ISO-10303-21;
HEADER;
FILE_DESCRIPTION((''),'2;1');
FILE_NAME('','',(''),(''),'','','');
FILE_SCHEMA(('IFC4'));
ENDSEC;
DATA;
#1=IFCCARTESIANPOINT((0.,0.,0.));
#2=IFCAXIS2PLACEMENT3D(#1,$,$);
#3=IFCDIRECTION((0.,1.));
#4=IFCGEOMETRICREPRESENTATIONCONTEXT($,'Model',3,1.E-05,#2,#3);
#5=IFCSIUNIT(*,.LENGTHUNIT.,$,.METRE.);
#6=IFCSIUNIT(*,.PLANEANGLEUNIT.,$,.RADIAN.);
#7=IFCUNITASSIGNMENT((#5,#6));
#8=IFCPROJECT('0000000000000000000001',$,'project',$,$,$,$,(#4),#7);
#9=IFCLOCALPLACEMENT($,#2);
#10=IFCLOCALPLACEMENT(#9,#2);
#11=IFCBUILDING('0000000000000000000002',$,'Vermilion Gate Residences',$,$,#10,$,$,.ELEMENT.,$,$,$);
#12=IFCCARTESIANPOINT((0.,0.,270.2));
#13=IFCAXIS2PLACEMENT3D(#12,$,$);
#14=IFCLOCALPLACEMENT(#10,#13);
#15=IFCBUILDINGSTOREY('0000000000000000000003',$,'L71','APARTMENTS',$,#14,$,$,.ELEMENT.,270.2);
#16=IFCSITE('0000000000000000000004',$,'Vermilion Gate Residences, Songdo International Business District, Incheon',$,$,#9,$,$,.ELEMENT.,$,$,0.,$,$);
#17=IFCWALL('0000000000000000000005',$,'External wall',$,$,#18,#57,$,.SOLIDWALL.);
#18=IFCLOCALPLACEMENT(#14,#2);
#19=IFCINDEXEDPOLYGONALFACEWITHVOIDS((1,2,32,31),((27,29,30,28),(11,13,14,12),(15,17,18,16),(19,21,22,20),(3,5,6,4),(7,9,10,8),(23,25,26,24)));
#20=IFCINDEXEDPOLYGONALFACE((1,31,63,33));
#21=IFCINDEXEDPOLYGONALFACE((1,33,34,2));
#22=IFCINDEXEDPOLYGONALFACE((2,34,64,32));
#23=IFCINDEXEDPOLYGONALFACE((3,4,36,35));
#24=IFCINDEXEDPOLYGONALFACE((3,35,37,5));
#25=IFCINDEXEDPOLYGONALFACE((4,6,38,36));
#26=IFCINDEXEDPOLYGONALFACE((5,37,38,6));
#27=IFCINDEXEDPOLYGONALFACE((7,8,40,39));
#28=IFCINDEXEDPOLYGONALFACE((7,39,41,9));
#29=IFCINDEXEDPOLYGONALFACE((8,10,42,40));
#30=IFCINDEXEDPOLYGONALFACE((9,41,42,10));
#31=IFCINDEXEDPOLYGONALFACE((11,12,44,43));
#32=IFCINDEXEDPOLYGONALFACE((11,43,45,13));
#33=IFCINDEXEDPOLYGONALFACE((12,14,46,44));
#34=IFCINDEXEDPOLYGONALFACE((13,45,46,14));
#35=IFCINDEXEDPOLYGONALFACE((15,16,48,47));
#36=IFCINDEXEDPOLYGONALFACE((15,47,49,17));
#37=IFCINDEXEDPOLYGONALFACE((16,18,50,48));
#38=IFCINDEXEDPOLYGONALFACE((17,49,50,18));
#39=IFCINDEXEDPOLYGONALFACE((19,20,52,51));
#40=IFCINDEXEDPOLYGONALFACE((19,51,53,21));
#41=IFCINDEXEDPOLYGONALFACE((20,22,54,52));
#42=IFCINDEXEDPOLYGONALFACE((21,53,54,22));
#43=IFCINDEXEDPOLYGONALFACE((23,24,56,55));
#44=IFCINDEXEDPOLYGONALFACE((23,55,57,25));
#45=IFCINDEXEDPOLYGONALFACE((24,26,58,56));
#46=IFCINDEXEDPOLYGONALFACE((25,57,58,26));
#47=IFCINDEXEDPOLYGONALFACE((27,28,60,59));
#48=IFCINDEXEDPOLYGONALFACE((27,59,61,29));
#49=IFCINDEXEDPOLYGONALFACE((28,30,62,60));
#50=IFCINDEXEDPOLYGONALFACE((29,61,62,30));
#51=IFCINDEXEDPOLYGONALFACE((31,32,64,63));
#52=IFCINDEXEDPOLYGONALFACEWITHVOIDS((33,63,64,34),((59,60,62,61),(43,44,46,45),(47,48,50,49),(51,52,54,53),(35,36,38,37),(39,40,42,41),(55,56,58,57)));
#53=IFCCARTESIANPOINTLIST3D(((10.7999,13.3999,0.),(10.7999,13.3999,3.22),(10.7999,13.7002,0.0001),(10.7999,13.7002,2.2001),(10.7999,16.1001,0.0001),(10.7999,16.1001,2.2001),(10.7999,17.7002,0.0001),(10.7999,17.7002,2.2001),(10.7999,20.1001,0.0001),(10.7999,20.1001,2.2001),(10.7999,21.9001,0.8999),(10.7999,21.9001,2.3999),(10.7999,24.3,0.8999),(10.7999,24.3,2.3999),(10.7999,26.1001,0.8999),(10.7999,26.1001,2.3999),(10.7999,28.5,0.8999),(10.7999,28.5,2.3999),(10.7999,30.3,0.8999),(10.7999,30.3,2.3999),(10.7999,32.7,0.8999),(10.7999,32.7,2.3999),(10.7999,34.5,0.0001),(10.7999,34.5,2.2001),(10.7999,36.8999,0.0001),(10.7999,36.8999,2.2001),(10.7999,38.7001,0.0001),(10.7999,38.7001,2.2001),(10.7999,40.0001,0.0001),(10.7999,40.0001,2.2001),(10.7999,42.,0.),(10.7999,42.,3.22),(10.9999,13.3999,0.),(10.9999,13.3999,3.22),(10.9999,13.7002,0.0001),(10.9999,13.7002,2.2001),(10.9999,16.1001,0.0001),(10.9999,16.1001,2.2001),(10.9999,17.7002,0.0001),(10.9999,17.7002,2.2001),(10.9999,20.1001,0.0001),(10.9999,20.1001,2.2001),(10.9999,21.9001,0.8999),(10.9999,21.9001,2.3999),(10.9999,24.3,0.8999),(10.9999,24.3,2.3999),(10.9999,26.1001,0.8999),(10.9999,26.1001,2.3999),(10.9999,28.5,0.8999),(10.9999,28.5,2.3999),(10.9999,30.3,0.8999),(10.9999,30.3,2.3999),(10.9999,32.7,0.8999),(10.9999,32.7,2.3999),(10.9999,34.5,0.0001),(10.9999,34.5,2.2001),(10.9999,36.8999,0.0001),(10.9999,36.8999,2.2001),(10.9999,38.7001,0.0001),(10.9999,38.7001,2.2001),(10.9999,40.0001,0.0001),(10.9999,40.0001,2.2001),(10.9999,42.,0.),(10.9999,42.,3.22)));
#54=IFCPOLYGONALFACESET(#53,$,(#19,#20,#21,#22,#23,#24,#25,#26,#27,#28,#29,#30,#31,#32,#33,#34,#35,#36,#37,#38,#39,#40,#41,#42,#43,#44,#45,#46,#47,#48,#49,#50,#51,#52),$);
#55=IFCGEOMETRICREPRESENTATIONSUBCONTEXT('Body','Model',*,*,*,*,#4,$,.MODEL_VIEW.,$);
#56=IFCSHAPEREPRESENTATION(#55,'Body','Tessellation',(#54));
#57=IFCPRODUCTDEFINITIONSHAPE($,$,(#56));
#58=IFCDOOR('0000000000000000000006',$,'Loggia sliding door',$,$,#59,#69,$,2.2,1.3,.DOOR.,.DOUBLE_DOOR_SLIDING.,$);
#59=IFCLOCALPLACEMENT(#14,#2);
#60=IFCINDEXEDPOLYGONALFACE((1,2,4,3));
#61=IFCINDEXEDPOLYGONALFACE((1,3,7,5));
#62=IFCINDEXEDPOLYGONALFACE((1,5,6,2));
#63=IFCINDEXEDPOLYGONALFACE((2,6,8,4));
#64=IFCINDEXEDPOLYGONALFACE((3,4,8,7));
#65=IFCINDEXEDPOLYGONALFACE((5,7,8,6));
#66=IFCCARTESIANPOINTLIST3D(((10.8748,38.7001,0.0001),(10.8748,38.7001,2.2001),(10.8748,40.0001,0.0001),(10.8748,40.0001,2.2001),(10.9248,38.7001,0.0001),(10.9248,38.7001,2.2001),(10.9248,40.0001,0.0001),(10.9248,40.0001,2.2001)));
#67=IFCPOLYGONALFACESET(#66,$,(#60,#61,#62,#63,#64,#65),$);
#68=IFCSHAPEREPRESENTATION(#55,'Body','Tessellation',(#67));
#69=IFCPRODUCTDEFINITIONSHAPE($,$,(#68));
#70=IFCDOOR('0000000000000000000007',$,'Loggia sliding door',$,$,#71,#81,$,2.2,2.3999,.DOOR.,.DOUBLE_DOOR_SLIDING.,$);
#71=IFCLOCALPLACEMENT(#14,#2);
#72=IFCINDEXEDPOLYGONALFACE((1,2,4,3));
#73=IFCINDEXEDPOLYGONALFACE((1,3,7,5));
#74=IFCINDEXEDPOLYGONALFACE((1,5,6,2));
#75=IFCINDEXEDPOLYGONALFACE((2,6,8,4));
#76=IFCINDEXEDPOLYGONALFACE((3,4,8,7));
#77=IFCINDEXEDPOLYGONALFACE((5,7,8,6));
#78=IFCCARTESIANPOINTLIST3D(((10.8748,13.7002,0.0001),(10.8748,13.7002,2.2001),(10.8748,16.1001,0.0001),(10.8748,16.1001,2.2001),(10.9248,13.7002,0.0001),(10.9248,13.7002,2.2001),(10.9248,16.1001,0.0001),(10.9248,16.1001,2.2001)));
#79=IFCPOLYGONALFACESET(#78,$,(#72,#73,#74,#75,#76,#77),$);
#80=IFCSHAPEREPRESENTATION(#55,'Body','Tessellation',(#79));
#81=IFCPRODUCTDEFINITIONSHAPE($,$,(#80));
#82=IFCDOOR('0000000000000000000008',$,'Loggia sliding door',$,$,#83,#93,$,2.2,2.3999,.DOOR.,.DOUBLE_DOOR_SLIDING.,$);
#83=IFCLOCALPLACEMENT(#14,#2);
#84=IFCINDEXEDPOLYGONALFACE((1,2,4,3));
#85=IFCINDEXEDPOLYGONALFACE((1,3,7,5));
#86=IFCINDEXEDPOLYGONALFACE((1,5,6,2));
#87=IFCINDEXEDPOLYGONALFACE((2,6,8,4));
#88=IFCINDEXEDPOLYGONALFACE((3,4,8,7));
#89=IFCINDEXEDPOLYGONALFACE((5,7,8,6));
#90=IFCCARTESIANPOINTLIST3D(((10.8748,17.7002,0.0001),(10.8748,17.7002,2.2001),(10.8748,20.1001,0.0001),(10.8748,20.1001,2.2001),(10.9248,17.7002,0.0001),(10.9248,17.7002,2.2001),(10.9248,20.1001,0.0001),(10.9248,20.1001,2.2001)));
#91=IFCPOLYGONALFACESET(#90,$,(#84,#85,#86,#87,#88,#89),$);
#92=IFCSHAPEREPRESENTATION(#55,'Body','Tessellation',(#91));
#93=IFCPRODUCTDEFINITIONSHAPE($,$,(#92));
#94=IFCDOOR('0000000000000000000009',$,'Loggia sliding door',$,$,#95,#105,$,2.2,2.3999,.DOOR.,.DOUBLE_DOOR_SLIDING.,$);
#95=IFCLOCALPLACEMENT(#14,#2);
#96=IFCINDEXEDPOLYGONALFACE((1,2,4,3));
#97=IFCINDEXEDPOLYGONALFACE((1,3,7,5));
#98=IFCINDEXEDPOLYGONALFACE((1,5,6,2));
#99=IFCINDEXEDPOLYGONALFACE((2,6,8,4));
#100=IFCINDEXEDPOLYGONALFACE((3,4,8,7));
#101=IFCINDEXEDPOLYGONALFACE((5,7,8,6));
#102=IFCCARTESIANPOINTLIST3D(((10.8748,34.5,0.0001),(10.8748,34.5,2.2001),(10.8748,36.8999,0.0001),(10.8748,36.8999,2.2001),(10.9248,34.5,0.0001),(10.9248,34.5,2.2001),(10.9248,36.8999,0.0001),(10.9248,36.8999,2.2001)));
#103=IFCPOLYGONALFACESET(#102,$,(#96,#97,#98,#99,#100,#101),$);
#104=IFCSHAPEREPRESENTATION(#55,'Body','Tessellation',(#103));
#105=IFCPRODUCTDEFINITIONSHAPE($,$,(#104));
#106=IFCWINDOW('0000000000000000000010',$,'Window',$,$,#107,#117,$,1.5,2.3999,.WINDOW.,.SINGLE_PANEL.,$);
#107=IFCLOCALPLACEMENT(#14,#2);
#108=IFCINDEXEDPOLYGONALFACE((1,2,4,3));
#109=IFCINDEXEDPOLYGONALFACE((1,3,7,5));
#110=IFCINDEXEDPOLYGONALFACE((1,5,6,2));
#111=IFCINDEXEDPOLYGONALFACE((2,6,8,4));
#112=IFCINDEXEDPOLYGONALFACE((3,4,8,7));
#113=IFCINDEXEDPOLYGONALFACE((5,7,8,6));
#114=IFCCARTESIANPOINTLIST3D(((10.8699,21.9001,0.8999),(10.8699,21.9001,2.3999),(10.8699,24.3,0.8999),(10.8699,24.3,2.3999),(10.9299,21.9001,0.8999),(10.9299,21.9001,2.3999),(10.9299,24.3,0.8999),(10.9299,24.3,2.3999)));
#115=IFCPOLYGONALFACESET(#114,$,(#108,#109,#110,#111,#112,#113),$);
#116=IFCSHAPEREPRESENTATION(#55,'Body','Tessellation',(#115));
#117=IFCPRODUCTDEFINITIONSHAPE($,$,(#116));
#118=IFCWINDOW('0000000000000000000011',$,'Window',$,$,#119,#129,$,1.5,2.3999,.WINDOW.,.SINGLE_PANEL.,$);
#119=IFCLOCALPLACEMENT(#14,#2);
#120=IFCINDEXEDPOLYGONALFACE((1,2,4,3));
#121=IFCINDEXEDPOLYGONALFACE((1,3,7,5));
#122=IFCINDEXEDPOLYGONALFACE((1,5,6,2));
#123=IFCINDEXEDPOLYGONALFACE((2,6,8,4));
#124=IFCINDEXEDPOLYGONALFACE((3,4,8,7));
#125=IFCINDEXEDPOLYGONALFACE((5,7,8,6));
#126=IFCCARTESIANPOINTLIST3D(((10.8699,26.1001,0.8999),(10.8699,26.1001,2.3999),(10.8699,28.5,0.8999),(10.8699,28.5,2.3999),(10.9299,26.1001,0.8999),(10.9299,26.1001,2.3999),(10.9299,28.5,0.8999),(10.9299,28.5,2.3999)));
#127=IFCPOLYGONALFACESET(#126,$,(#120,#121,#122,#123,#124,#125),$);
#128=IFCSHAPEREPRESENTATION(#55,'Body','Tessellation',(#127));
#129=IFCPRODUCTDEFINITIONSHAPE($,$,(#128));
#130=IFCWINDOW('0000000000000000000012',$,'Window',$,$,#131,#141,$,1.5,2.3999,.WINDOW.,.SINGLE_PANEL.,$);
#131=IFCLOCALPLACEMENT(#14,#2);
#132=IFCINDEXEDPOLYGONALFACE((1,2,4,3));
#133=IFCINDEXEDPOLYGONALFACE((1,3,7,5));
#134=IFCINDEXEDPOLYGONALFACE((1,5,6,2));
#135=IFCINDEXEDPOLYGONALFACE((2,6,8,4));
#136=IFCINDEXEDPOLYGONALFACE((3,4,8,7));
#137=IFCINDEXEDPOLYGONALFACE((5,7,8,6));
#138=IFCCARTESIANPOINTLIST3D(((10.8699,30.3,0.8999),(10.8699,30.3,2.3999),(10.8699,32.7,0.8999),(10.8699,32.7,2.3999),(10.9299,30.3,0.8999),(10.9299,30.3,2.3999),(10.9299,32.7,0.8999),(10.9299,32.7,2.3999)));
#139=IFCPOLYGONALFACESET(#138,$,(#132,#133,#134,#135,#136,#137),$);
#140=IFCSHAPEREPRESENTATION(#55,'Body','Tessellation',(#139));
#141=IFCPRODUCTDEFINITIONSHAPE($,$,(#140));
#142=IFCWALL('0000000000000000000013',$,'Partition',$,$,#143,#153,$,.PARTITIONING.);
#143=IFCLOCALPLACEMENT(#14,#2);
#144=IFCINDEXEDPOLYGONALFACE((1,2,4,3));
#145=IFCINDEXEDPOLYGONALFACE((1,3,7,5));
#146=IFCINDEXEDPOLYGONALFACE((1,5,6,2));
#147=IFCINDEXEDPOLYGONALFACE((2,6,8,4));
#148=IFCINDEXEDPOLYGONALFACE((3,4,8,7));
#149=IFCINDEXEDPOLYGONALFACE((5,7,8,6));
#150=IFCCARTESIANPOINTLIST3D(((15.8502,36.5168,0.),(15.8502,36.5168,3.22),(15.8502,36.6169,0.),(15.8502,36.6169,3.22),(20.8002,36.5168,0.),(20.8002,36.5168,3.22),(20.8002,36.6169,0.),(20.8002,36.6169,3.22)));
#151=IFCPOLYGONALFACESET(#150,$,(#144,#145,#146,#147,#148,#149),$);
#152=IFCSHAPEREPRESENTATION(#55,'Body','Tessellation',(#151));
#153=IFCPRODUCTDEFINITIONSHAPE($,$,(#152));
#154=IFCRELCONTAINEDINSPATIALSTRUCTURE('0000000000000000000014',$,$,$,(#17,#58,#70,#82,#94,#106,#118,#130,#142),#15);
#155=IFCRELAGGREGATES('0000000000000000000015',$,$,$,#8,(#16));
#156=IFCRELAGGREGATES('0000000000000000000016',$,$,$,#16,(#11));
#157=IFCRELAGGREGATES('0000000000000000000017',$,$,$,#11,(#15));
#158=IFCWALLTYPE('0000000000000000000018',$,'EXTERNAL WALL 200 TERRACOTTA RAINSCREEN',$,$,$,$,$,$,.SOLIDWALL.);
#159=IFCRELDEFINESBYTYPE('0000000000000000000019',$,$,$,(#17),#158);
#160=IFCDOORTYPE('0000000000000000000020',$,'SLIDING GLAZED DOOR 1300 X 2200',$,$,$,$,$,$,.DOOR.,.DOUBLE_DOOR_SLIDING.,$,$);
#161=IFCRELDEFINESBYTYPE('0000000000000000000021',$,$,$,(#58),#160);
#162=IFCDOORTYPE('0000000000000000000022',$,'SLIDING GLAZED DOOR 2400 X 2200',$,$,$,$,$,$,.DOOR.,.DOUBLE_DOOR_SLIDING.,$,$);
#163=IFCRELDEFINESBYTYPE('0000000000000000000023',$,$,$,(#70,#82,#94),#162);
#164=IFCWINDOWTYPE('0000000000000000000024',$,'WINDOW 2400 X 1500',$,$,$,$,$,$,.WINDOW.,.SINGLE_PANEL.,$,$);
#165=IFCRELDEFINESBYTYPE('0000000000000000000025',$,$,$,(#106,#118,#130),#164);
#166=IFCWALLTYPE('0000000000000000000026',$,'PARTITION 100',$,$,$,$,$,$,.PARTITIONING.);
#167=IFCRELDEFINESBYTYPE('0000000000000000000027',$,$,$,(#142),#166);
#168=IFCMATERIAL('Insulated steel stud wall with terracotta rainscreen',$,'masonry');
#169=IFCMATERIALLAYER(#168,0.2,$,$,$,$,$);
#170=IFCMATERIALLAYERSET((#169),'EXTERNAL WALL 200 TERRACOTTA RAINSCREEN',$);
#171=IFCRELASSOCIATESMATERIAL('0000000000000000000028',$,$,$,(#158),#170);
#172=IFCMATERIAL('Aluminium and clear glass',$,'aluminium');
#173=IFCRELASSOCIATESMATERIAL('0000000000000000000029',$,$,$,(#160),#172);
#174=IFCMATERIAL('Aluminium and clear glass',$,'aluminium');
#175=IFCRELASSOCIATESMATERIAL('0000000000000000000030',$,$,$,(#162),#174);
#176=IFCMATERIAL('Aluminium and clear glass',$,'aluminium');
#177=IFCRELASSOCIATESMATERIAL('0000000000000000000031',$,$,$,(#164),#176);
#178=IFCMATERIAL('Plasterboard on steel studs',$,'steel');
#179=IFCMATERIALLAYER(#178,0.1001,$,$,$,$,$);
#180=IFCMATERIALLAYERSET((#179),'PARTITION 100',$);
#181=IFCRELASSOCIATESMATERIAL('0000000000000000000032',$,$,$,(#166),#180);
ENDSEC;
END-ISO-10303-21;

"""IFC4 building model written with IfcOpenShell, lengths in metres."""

from ifc_helpers import new_model, si_unit, direction, frame, frame_2d, origin, place, context, subcontext, project, spatial, rectangle, extrude, material, layer, layer_set, type_object, element, fill, save


model = new_model("IFC4")

# Units and contexts
model_context = context("Model", 3, precision=1e-05, world=origin(), true_north=direction((0.0, 1.0)))
body_context = subcontext(model_context, "Body", "Model", "MODEL_VIEW")
ifc_project = project(units=[si_unit("LENGTHUNIT", "METRE"), si_unit("PLANEANGLEUNIT", "RADIAN")], contexts=[model_context])

# Site, building, storey
site_placement = place(None, origin())
site = spatial("IfcSite", under=ifc_project, at=site_placement, Name="Vermilion Gate Residences, Songdo International Business District, Incheon", CompositionType="ELEMENT", RefElevation=0.0)
building_placement = place(site_placement, origin())
building = spatial("IfcBuilding", under=site, at=building_placement, Name="Vermilion Gate Residences", CompositionType="ELEMENT")
storey_placement = place(building_placement, frame((0.0, 0.0, 270.2)))
storey = spatial("IfcBuildingStorey", under=building, at=storey_placement, Name="L71", Description="APARTMENTS", CompositionType="ELEMENT", Elevation=270.2)

# Wall, openings, doors, windows
ifc_material_1 = material(Name="Insulated steel stud wall with terracotta rainscreen", Category="masonry")
ifc_layer_1 = layer(ifc_material_1, 0.2)
ifc_layer_set_1 = layer_set([ifc_layer_1], Name="EXTERNAL WALL 200 TERRACOTTA RAINSCREEN")
wall_type_1 = type_object("IfcWallType", Name="EXTERNAL WALL 200 TERRACOTTA RAINSCREEN", PredefinedType="SOLIDWALL", material=ifc_layer_set_1)
wall_1_placement = place(storey_placement, frame((10.8999, 42.0, 0.0), z_axis=(0.0, 0.0, 1.0), x_axis=(0.0, -1.0, 0.0)))
wall_1 = element("IfcWall", 1, at=wall_1_placement, inside=storey, type_object=wall_type_1, Name="External wall", PredefinedType="SOLIDWALL", context=body_context, shape_type="SweptSolid", body=[
    extrude(rectangle(XDim=28.6001, YDim=0.2, at=frame_2d((14.3, 0.0))), origin(), (0.0, 0.0, 1.0), 3.22),
])
opening_1_placement = place(wall_1_placement, frame((25.8999, 0.0, 0.0)))
opening_1 = element("IfcOpeningElement", 2, at=opening_1_placement, cuts=wall_1, PredefinedType="OPENING", context=body_context, shape_type="SweptSolid", body=[
    extrude(rectangle(XDim=2.3999, YDim=2.2, at=frame_2d((1.2, 1.1001))), frame((0.0, 0.1099, 0.0), z_axis=(0.0, -1.0, 0.0), x_axis=(1.0, 0.0, 0.0)), (0.0, 0.0, 1.0), 0.22),
])
opening_2_placement = place(wall_1_placement, frame((21.8999, 0.0, 0.0)))
opening_2 = element("IfcOpeningElement", 3, at=opening_2_placement, cuts=wall_1, PredefinedType="OPENING", context=body_context, shape_type="SweptSolid", body=[
    extrude(rectangle(XDim=2.3999, YDim=2.2, at=frame_2d((1.2, 1.1001))), frame((0.0, 0.1099, 0.0), z_axis=(0.0, -1.0, 0.0), x_axis=(1.0, 0.0, 0.0)), (0.0, 0.0, 1.0), 0.22),
])
opening_3_placement = place(wall_1_placement, frame((17.7, 0.0, 0.8999)))
opening_3 = element("IfcOpeningElement", 4, at=opening_3_placement, cuts=wall_1, PredefinedType="OPENING", context=body_context, shape_type="SweptSolid", body=[
    extrude(rectangle(XDim=2.3999, YDim=1.5, at=frame_2d((1.2, 0.75))), frame((0.0, 0.1099, 0.0), z_axis=(0.0, -1.0, 0.0), x_axis=(1.0, 0.0, 0.0)), (0.0, 0.0, 1.0), 0.22),
])
opening_4_placement = place(wall_1_placement, frame((13.5, 0.0, 0.8999)))
opening_4 = element("IfcOpeningElement", 5, at=opening_4_placement, cuts=wall_1, PredefinedType="OPENING", context=body_context, shape_type="SweptSolid", body=[
    extrude(rectangle(XDim=2.3999, YDim=1.5, at=frame_2d((1.2, 0.75))), frame((0.0, 0.1099, 0.0), z_axis=(0.0, -1.0, 0.0), x_axis=(1.0, 0.0, 0.0)), (0.0, 0.0, 1.0), 0.22),
])
opening_5_placement = place(wall_1_placement, frame((9.3, 0.0, 0.8999)))
opening_5 = element("IfcOpeningElement", 6, at=opening_5_placement, cuts=wall_1, PredefinedType="OPENING", context=body_context, shape_type="SweptSolid", body=[
    extrude(rectangle(XDim=2.3999, YDim=1.5, at=frame_2d((1.2, 0.75))), frame((0.0, 0.1099, 0.0), z_axis=(0.0, -1.0, 0.0), x_axis=(1.0, 0.0, 0.0)), (0.0, 0.0, 1.0), 0.22),
])
opening_6_placement = place(wall_1_placement, frame((5.1001, 0.0, 0.0)))
opening_6 = element("IfcOpeningElement", 7, at=opening_6_placement, cuts=wall_1, PredefinedType="OPENING", context=body_context, shape_type="SweptSolid", body=[
    extrude(rectangle(XDim=2.3999, YDim=2.2, at=frame_2d((1.2, 1.1001))), frame((0.0, 0.1099, 0.0), z_axis=(0.0, -1.0, 0.0), x_axis=(1.0, 0.0, 0.0)), (0.0, 0.0, 1.0), 0.22),
])
opening_7_placement = place(wall_1_placement, frame((2.0, 0.0, 0.0)))
opening_7 = element("IfcOpeningElement", 8, at=opening_7_placement, cuts=wall_1, PredefinedType="OPENING", context=body_context, shape_type="SweptSolid", body=[
    extrude(rectangle(XDim=1.3, YDim=2.2, at=frame_2d((0.6499, 1.1001))), frame((0.0, 0.1099, 0.0), z_axis=(0.0, -1.0, 0.0), x_axis=(1.0, 0.0, 0.0)), (0.0, 0.0, 1.0), 0.22),
])
ifc_material_2 = material(Name="Aluminium and clear glass", Category="aluminium")
door_type_1 = type_object("IfcDoorType", Name="SLIDING GLAZED DOOR 1300 X 2200", OperationType="DOUBLE_DOOR_SLIDING", PredefinedType="DOOR", material=ifc_material_2)
door_1_placement = place(opening_7_placement, origin())
door_1 = element("IfcDoor", 9, at=door_1_placement, inside=storey, type_object=door_type_1, Name="Loggia sliding door", OperationType="DOUBLE_DOOR_SLIDING", OverallHeight=2.2, OverallWidth=1.3, PredefinedType="DOOR", context=body_context, shape_type="SweptSolid", body=[
    extrude(rectangle(XDim=1.3, YDim=2.2, at=frame_2d((0.6499, 1.1001))), frame((0.0, 0.0249, 0.0), z_axis=(0.0, -1.0, 0.0), x_axis=(1.0, 0.0, 0.0)), (0.0, 0.0, 1.0), 0.05),
])
fill(opening_7, door_1)
ifc_material_3 = material(Name="Aluminium and clear glass", Category="aluminium")
door_type_2 = type_object("IfcDoorType", Name="SLIDING GLAZED DOOR 2400 X 2200", OperationType="DOUBLE_DOOR_SLIDING", PredefinedType="DOOR", material=ifc_material_3)
door_2_placement = place(opening_1_placement, origin())
door_2 = element("IfcDoor", 10, at=door_2_placement, inside=storey, type_object=door_type_2, Name="Loggia sliding door", OperationType="DOUBLE_DOOR_SLIDING", OverallHeight=2.2, OverallWidth=2.3999, PredefinedType="DOOR", context=body_context, shape_type="SweptSolid", body=[
    extrude(rectangle(XDim=2.3999, YDim=2.2, at=frame_2d((1.2, 1.1001))), frame((0.0, 0.0249, 0.0), z_axis=(0.0, -1.0, 0.0), x_axis=(1.0, 0.0, 0.0)), (0.0, 0.0, 1.0), 0.05),
])
fill(opening_1, door_2)
door_3_placement = place(opening_2_placement, origin())
door_3 = element("IfcDoor", 11, at=door_3_placement, inside=storey, type_object=door_type_2, Name="Loggia sliding door", OperationType="DOUBLE_DOOR_SLIDING", OverallHeight=2.2, OverallWidth=2.3999, PredefinedType="DOOR", context=body_context, shape_type="SweptSolid", body=[
    extrude(rectangle(XDim=2.3999, YDim=2.2, at=frame_2d((1.2, 1.1001))), frame((0.0, 0.0249, 0.0), z_axis=(0.0, -1.0, 0.0), x_axis=(1.0, 0.0, 0.0)), (0.0, 0.0, 1.0), 0.05),
])
fill(opening_2, door_3)
door_4_placement = place(opening_6_placement, origin())
door_4 = element("IfcDoor", 12, at=door_4_placement, inside=storey, type_object=door_type_2, Name="Loggia sliding door", OperationType="DOUBLE_DOOR_SLIDING", OverallHeight=2.2, OverallWidth=2.3999, PredefinedType="DOOR", context=body_context, shape_type="SweptSolid", body=[
    extrude(rectangle(XDim=2.3999, YDim=2.2, at=frame_2d((1.2, 1.1001))), frame((0.0, 0.0249, 0.0), z_axis=(0.0, -1.0, 0.0), x_axis=(1.0, 0.0, 0.0)), (0.0, 0.0, 1.0), 0.05),
])
fill(opening_6, door_4)
ifc_material_4 = material(Name="Aluminium and clear glass", Category="aluminium")
window_type = type_object("IfcWindowType", Name="WINDOW 2400 X 1500", PartitioningType="SINGLE_PANEL", PredefinedType="WINDOW", material=ifc_material_4)
window_1_placement = place(opening_3_placement, origin())
window_1 = element("IfcWindow", 13, at=window_1_placement, inside=storey, type_object=window_type, Name="Window", OverallHeight=1.5, OverallWidth=2.3999, PartitioningType="SINGLE_PANEL", PredefinedType="WINDOW", context=body_context, shape_type="SweptSolid", body=[
    extrude(rectangle(XDim=2.3999, YDim=1.5, at=frame_2d((1.2, 0.75))), frame((0.0, 0.03, 0.0), z_axis=(0.0, -1.0, 0.0), x_axis=(1.0, 0.0, 0.0)), (0.0, 0.0, 1.0), 0.0601),
])
fill(opening_3, window_1)
window_2_placement = place(opening_4_placement, origin())
window_2 = element("IfcWindow", 14, at=window_2_placement, inside=storey, type_object=window_type, Name="Window", OverallHeight=1.5, OverallWidth=2.3999, PartitioningType="SINGLE_PANEL", PredefinedType="WINDOW", context=body_context, shape_type="SweptSolid", body=[
    extrude(rectangle(XDim=2.3999, YDim=1.5, at=frame_2d((1.2, 0.75))), frame((0.0, 0.03, 0.0), z_axis=(0.0, -1.0, 0.0), x_axis=(1.0, 0.0, 0.0)), (0.0, 0.0, 1.0), 0.0601),
])
fill(opening_4, window_2)
window_3_placement = place(opening_5_placement, origin())
window_3 = element("IfcWindow", 15, at=window_3_placement, inside=storey, type_object=window_type, Name="Window", OverallHeight=1.5, OverallWidth=2.3999, PartitioningType="SINGLE_PANEL", PredefinedType="WINDOW", context=body_context, shape_type="SweptSolid", body=[
    extrude(rectangle(XDim=2.3999, YDim=1.5, at=frame_2d((1.2, 0.75))), frame((0.0, 0.03, 0.0), z_axis=(0.0, -1.0, 0.0), x_axis=(1.0, 0.0, 0.0)), (0.0, 0.0, 1.0), 0.0601),
])
fill(opening_5, window_3)

# Wall
ifc_material_5 = material(Name="Plasterboard on steel studs", Category="steel")
ifc_layer_2 = layer(ifc_material_5, 0.1001)
ifc_layer_set_2 = layer_set([ifc_layer_2], Name="PARTITION 100")
wall_type_2 = type_object("IfcWallType", Name="PARTITION 100", PredefinedType="PARTITIONING", material=ifc_layer_set_2)
wall_2_placement = place(storey_placement, frame((15.8501, 36.5669, 0.0), z_axis=(0.0, 0.0, 1.0), x_axis=(1.0, 0.0, 0.0)))
element("IfcWall", 16, at=wall_2_placement, inside=storey, type_object=wall_type_2, Name="Partition", PredefinedType="PARTITIONING", context=body_context, shape_type="SweptSolid", body=[
    extrude(rectangle(XDim=4.95, YDim=0.1001, at=frame_2d((2.4751, 0.0))), origin(), (0.0, 0.0, 1.0), 3.22),
])

save(model, "model.ifc")
